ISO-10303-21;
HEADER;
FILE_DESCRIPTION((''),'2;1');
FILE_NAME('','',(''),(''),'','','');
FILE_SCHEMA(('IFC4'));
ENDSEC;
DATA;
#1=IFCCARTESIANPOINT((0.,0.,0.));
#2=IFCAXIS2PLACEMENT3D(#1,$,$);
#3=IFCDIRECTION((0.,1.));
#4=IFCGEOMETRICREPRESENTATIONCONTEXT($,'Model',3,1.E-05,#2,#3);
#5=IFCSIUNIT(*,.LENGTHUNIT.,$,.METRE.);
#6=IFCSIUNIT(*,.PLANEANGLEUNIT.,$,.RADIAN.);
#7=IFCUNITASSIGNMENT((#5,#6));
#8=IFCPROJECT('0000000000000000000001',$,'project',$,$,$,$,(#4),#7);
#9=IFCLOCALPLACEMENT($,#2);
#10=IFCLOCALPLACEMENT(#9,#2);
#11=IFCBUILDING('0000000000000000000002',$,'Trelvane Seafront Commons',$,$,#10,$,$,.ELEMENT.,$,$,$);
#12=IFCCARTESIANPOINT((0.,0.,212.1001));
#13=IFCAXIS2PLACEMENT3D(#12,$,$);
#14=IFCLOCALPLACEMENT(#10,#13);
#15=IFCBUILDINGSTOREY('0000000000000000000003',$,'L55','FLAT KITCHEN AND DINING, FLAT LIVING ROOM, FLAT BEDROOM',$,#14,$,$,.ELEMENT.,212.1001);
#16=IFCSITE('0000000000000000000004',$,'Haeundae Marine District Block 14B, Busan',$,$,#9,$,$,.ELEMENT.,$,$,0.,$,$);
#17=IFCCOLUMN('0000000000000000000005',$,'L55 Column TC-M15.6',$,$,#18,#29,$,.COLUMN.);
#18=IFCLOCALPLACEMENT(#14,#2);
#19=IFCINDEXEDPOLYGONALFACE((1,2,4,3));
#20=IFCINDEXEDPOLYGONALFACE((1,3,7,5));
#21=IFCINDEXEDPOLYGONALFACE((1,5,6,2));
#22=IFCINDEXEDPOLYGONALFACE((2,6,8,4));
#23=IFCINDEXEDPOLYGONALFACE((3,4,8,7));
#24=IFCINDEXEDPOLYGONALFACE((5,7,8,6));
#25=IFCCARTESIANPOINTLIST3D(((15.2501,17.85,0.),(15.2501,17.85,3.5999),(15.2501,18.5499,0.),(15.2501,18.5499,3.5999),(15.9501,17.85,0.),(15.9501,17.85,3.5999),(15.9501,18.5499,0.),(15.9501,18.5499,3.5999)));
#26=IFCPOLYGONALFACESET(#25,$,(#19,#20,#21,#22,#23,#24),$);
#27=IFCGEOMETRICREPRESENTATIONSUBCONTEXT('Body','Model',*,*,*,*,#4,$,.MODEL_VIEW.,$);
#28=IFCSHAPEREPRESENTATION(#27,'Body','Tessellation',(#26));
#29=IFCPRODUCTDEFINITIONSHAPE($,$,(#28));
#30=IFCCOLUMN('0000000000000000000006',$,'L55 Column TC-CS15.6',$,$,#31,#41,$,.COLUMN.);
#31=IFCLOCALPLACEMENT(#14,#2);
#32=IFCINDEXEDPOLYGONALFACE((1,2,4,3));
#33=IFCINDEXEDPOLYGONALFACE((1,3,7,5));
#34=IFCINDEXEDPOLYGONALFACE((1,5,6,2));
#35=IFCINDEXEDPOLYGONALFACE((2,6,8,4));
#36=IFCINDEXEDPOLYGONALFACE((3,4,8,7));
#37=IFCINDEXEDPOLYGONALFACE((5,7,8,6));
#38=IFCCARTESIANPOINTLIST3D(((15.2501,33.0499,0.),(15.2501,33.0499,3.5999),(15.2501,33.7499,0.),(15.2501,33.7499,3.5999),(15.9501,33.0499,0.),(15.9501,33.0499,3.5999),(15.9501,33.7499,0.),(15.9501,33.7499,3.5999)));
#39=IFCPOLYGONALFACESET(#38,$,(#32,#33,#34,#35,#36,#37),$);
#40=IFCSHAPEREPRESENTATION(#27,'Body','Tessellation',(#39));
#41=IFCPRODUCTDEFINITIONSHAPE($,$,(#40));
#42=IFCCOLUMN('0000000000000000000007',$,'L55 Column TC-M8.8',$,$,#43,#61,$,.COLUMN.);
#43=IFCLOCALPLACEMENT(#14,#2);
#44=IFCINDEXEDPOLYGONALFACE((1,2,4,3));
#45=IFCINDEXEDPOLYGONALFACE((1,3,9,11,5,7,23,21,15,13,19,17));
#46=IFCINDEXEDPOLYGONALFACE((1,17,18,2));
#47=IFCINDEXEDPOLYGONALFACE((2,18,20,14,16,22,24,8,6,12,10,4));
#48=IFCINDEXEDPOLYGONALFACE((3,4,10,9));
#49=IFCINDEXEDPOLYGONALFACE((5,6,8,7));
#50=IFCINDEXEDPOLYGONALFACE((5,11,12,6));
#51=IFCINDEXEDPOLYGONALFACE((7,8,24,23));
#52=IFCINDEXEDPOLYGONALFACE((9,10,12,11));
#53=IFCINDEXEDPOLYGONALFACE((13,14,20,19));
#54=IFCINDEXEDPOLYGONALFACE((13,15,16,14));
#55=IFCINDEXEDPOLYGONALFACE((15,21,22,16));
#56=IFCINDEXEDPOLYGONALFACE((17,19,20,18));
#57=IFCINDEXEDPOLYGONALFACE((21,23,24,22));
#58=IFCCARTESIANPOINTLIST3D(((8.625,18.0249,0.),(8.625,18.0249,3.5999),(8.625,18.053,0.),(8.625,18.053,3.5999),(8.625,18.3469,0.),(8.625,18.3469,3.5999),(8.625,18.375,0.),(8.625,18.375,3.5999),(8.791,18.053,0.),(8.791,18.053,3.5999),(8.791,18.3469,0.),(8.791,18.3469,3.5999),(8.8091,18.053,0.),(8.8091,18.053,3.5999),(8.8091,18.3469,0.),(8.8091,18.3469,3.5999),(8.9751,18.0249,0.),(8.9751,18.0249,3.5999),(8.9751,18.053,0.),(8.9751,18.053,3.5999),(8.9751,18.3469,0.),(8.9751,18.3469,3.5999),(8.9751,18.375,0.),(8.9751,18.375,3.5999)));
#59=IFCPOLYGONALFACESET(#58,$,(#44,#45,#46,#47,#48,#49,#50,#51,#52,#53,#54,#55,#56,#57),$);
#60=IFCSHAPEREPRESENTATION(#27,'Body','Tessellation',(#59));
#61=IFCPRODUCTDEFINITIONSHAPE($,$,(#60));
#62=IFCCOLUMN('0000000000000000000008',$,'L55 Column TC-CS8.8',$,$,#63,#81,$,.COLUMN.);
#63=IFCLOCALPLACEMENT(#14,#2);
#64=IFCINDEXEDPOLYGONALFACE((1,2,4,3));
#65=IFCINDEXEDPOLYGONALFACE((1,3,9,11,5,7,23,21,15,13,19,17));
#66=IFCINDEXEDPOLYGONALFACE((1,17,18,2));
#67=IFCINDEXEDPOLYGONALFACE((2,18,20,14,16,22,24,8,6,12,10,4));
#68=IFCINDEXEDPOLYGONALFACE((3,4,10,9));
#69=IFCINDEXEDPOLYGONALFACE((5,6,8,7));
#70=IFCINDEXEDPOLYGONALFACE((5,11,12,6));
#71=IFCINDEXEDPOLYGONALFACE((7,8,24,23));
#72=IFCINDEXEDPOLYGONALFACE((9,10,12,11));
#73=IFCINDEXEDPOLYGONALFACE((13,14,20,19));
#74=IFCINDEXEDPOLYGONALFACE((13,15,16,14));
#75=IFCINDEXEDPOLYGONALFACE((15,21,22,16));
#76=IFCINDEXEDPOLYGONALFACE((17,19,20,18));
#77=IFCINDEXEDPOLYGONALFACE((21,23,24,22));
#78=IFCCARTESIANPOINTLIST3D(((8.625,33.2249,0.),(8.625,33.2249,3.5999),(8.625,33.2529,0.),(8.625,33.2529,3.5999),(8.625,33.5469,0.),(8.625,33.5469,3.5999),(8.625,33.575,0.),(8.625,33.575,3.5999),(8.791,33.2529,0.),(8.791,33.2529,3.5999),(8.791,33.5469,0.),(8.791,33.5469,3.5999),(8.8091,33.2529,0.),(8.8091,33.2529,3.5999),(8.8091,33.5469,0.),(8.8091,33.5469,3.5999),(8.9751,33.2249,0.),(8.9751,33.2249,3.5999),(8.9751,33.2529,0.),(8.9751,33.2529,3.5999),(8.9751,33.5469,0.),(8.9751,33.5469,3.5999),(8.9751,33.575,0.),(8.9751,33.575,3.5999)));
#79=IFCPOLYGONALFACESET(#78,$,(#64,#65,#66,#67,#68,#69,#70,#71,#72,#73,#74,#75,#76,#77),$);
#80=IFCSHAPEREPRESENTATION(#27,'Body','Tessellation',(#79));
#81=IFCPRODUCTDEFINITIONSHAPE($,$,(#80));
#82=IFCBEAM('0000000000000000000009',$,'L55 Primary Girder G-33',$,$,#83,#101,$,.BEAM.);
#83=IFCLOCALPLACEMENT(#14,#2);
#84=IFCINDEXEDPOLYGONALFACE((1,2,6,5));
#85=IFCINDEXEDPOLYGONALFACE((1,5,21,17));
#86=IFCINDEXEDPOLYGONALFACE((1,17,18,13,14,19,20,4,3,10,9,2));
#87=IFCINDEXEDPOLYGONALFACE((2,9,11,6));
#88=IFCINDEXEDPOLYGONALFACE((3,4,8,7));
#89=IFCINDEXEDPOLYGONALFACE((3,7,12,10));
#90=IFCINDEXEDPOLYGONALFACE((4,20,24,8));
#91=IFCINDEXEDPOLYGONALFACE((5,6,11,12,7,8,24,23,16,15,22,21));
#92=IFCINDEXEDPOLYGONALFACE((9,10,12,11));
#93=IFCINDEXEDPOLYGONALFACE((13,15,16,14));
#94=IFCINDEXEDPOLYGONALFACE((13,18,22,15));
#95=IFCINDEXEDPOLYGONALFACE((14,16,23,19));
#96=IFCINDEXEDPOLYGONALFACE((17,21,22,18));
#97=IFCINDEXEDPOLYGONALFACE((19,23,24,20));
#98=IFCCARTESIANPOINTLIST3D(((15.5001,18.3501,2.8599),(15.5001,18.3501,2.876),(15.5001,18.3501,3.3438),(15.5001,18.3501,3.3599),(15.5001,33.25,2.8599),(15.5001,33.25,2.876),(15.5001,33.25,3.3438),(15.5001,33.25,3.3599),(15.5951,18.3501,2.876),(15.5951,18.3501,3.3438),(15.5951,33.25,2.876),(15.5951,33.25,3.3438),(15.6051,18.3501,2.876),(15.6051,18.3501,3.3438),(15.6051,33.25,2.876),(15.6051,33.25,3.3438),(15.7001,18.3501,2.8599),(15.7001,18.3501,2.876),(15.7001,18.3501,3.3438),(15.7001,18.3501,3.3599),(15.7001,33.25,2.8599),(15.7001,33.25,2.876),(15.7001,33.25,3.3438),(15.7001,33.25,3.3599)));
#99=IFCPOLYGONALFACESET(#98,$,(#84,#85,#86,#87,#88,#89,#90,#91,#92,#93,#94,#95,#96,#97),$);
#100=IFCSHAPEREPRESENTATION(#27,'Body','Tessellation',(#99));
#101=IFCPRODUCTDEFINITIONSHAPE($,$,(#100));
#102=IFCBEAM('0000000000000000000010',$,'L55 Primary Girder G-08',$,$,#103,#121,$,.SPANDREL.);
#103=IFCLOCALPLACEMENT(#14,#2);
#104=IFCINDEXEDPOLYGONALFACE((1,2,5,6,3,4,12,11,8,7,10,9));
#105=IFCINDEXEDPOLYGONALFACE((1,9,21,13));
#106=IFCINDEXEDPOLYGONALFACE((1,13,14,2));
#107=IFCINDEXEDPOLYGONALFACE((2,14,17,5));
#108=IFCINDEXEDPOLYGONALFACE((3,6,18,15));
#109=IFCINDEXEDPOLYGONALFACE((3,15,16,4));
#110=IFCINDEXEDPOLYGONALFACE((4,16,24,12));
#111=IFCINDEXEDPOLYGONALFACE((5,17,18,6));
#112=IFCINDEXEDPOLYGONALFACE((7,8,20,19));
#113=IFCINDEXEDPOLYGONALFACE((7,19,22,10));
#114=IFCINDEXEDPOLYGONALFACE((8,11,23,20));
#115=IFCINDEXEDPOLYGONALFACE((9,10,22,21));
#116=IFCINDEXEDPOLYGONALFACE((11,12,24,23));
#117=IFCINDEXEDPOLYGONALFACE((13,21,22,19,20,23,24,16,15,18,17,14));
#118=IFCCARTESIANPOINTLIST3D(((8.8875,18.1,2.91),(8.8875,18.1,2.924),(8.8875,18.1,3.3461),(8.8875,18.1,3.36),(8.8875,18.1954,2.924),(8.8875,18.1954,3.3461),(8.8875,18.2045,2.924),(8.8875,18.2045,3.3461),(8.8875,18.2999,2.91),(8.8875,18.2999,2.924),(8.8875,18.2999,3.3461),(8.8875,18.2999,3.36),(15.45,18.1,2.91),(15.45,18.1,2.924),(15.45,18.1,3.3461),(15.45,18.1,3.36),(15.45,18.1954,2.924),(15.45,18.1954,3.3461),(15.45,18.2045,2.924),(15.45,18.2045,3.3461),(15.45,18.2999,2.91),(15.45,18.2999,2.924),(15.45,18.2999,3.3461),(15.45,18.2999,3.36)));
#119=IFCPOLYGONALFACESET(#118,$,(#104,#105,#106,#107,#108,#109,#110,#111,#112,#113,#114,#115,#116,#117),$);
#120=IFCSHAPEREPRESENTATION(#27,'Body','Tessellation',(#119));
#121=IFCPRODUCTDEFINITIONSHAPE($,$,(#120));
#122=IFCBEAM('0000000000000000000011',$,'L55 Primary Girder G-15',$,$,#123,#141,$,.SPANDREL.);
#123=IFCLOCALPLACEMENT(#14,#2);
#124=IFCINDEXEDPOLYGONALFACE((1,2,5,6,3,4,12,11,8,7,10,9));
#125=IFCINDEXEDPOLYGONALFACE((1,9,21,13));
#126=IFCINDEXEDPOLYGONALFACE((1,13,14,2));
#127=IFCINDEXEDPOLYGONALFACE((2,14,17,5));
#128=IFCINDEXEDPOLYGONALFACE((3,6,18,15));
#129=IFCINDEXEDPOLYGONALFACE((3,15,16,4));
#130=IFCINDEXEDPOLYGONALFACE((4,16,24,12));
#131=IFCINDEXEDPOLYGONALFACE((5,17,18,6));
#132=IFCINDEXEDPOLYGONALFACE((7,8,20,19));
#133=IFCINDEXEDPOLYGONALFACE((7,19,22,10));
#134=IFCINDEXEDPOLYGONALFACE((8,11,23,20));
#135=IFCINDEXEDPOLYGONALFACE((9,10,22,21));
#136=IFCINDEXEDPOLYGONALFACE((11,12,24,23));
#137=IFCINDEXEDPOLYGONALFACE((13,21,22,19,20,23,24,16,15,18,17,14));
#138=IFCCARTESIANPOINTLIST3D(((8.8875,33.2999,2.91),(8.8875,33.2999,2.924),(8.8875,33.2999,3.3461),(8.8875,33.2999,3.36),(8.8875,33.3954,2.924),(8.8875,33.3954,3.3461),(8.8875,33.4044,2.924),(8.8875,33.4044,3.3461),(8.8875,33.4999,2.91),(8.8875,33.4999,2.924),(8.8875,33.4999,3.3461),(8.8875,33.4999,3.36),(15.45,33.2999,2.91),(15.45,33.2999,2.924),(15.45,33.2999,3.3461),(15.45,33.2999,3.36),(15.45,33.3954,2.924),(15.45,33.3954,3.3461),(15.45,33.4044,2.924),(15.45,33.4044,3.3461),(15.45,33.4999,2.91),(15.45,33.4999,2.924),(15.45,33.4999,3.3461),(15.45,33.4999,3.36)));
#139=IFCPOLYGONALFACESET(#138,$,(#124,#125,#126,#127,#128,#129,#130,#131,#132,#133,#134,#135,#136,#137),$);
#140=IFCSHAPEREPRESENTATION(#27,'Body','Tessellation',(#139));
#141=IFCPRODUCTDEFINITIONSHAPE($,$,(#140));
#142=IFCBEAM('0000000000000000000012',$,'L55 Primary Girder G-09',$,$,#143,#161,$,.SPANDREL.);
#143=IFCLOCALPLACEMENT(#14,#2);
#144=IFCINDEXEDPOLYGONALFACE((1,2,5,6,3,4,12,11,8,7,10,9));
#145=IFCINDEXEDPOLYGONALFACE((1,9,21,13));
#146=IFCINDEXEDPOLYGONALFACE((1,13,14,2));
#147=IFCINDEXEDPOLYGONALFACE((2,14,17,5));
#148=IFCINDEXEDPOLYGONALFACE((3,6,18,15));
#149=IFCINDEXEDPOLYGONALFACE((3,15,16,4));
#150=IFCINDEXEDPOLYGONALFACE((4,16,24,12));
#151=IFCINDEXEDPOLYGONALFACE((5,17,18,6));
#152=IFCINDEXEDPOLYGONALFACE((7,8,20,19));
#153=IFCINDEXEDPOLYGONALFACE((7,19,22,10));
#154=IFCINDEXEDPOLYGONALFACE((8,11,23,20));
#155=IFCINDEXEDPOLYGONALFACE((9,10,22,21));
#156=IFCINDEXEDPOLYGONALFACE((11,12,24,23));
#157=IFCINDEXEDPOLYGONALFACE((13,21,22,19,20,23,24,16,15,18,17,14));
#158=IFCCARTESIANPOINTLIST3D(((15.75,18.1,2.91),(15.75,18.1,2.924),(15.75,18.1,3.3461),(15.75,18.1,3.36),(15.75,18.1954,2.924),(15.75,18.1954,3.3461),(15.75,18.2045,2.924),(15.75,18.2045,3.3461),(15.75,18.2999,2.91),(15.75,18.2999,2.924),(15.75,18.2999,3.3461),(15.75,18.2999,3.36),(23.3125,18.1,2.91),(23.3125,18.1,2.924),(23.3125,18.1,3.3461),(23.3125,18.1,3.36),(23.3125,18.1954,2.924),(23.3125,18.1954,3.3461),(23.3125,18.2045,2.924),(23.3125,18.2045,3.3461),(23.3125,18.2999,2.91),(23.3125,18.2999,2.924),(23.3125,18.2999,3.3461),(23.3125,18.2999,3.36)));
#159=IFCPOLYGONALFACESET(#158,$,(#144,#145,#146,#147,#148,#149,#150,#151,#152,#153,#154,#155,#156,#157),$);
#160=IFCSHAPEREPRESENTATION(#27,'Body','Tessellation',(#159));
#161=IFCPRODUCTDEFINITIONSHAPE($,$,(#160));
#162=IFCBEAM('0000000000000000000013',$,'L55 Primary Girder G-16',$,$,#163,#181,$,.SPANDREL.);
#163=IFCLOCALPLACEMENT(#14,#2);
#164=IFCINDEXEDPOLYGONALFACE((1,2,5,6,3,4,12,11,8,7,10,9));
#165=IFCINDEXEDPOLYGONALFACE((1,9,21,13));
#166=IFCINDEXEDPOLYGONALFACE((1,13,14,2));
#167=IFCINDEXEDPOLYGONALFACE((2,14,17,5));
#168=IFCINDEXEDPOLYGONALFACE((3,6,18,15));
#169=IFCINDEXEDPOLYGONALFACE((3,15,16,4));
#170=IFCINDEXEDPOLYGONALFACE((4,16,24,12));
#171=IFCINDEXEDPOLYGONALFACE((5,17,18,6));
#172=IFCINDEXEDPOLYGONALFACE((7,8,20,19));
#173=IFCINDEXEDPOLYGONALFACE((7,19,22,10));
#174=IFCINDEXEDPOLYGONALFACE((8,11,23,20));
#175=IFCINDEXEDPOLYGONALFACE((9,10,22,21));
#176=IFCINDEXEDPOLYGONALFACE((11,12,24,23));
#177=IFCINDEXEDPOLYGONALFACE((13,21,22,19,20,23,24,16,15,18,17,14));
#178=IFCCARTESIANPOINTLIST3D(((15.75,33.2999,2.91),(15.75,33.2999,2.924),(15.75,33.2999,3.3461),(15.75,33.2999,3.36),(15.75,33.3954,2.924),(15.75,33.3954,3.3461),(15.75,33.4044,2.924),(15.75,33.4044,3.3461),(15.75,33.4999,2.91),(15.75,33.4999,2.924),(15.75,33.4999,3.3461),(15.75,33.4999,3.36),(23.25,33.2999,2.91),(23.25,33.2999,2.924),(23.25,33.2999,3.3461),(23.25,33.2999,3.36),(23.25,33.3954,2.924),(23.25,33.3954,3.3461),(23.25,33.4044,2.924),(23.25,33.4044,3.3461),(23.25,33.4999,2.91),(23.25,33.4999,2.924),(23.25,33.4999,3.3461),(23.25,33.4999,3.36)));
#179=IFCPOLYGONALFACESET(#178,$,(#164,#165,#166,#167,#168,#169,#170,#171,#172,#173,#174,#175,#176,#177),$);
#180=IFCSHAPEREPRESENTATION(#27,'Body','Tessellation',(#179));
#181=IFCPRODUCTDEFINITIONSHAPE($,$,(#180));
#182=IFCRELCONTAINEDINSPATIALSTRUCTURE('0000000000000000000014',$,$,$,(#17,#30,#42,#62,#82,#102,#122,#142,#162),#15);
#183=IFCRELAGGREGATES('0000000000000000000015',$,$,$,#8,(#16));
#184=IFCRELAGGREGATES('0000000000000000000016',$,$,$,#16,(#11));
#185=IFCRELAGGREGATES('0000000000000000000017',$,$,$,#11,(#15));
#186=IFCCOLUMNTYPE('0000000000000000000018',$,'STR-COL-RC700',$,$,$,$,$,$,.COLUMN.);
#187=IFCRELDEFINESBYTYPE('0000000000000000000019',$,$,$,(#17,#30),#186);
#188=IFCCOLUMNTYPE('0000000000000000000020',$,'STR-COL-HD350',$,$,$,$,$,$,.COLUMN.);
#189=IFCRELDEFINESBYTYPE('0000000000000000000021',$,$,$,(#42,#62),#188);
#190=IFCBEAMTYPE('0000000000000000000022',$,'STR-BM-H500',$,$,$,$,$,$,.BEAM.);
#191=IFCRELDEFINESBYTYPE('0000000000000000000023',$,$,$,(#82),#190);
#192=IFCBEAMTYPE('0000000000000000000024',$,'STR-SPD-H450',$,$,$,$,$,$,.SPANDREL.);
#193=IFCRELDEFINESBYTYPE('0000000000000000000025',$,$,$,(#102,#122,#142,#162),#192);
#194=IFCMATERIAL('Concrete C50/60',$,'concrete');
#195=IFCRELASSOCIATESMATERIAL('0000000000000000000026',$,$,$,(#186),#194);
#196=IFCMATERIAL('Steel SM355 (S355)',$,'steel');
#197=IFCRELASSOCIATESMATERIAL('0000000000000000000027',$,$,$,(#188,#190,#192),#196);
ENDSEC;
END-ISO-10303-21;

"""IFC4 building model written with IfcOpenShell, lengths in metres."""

from ifc_helpers import new_model, si_unit, direction, frame, origin, origin_2d, place, context, subcontext, project, spatial, rectangle, i_section, extrude, source, transform, mapped, material, material_profile, profile_set, type_object, element, save


model = new_model("IFC4")

# Units and contexts
model_context = context("Model", 3, precision=1e-05, world=origin(), true_north=direction((0.0, 1.0)))
body_context = subcontext(model_context, "Body", "Model", "MODEL_VIEW")
ifc_project = project(units=[si_unit("LENGTHUNIT", "METRE"), si_unit("PLANEANGLEUNIT", "RADIAN")], contexts=[model_context])

# Site, building, storey
site_placement = place(None, origin())
site = spatial("IfcSite", under=ifc_project, at=site_placement, Name="Haeundae Marine District Block 14B, Busan", CompositionType="ELEMENT", RefElevation=0.0)
building_placement = place(site_placement, origin())
building = spatial("IfcBuilding", under=site, at=building_placement, Name="Trelvane Seafront Commons", CompositionType="ELEMENT")
storey_placement = place(building_placement, frame((0.0, 0.0, 212.1001)))
storey = spatial("IfcBuildingStorey", under=building, at=storey_placement, Name="L55", Description="FLAT KITCHEN AND DINING, FLAT LIVING ROOM, FLAT BEDROOM", CompositionType="ELEMENT", Elevation=212.1001)

# Columns
ifc_material_1 = material(Name="Concrete C50/60", Category="concrete")
ifc_material_profile_1 = material_profile(ifc_material_1, rectangle(XDim=0.7, YDim=0.7, at=origin_2d()), Name="RC-700x700")
ifc_profile_set_1 = profile_set([ifc_material_profile_1], Name="Concrete C50/60")
column_type_1 = type_object("IfcColumnType", Name="STR-COL-RC700", PredefinedType="COLUMN", material=ifc_profile_set_1)
shared_shape_1 = source(origin(), body_context, "Body", "SweptSolid", [
    extrude(rectangle(XDim=0.7, YDim=0.7, at=origin_2d()), origin(), (0.0, 0.0, 1.0), 3.5999),
])
for number, where, z_axis, x_axis, name in (
    (1, (15.6001, 18.2, 0.0), (0.0, 0.0, 1.0), (1.0, 0.0, 0.0), "L55 Column TC-M15.6"),
    (2, (15.6001, 33.3999, 0.0), (0.0, 0.0, 1.0), (1.0, 0.0, 0.0), "L55 Column TC-CS15.6"),
):
    element("IfcColumn", number, at=place(storey_placement, frame(where, z_axis=z_axis, x_axis=x_axis)), inside=storey, type_object=column_type_1, Name=name, PredefinedType="COLUMN", context=body_context, shape_type="MappedRepresentation", body=[
        mapped(shared_shape_1, transform((0.0, 0.0, 0.0), x_axis=(1.0, 0.0, 0.0), y_axis=(0.0, 1.0, 0.0), z_axis=(0.0, 0.0, 1.0), scale=1.0)),
    ])
ifc_material_2 = material(Name="Steel SM355 (S355)", Category="steel")
ifc_material_profile_2 = material_profile(ifc_material_2, i_section(OverallWidth=0.3501, OverallDepth=0.3501, WebThickness=0.0181, FlangeThickness=0.0281, at=origin_2d()), Name="HD-350x350x18x28")
ifc_profile_set_2 = profile_set([ifc_material_profile_2], Name="Steel SM355 (S355)")
column_type_2 = type_object("IfcColumnType", Name="STR-COL-HD350", PredefinedType="COLUMN", material=ifc_profile_set_2)
shared_shape_2 = source(origin(), body_context, "Body", "SweptSolid", [
    extrude(i_section(OverallWidth=0.3501, OverallDepth=0.3501, WebThickness=0.0181, FlangeThickness=0.0281, at=origin_2d()), origin(), (0.0, 0.0, 1.0), 3.5999),
])
for number, where, z_axis, x_axis, name in (
    (3, (8.8, 18.2, 0.0), (0.0, 0.0, 1.0), (1.0, 0.0, 0.0), "L55 Column TC-M8.8"),
    (4, (8.8, 33.3999, 0.0), (0.0, 0.0, 1.0), (1.0, 0.0, 0.0), "L55 Column TC-CS8.8"),
):
    element("IfcColumn", number, at=place(storey_placement, frame(where, z_axis=z_axis, x_axis=x_axis)), inside=storey, type_object=column_type_2, Name=name, PredefinedType="COLUMN", context=body_context, shape_type="MappedRepresentation", body=[
        mapped(shared_shape_2, transform((0.0, 0.0, 0.0), x_axis=(1.0, 0.0, 0.0), y_axis=(0.0, 1.0, 0.0), z_axis=(0.0, 0.0, 1.0), scale=1.0)),
    ])

# Beams
ifc_material_profile_3 = material_profile(ifc_material_2, i_section(OverallWidth=0.2, OverallDepth=0.5, WebThickness=0.01, FlangeThickness=0.0161, at=origin_2d()), Name="H-500x200x10x16")
ifc_profile_set_3 = profile_set([ifc_material_profile_3], Name="Steel SM355 (S355)")
beam_type_1 = type_object("IfcBeamType", Name="STR-BM-H500", PredefinedType="BEAM", material=ifc_profile_set_3)
shared_shape_3 = source(origin(), body_context, "Body", "SweptSolid", [
    extrude(i_section(OverallWidth=0.2, OverallDepth=0.5, WebThickness=0.01, FlangeThickness=0.0161, at=origin_2d()), origin(), (0.0, 0.0, 1.0), 14.8999),
])
beam_1_placement = place(storey_placement, frame((15.6001, 18.3501, 3.1099), z_axis=(0.0, 1.0, 0.0), x_axis=(-1.0, 0.0, 0.0)))
element("IfcBeam", 5, at=beam_1_placement, inside=storey, type_object=beam_type_1, Name="L55 Primary Girder G-33", PredefinedType="BEAM", context=body_context, shape_type="MappedRepresentation", body=[
    mapped(shared_shape_3, transform((0.0, 0.0, 0.0), x_axis=(1.0, 0.0, 0.0), y_axis=(0.0, 1.0, 0.0), z_axis=(0.0, 0.0, 1.0), scale=1.0)),
])
ifc_material_profile_4 = material_profile(ifc_material_2, i_section(OverallWidth=0.2, OverallDepth=0.45, WebThickness=0.009, FlangeThickness=0.0139, at=origin_2d()), Name="H-450x200x9x14")
ifc_profile_set_4 = profile_set([ifc_material_profile_4], Name="Steel SM355 (S355)")
beam_type_2 = type_object("IfcBeamType", Name="STR-SPD-H450", PredefinedType="SPANDREL", material=ifc_profile_set_4)
shared_shape_4 = source(origin(), body_context, "Body", "SweptSolid", [
    extrude(i_section(OverallWidth=0.2, OverallDepth=0.45, WebThickness=0.009, FlangeThickness=0.0139, at=origin_2d()), origin(), (0.0, 0.0, 1.0), 6.5625),
])
for number, where, z_axis, x_axis, name in (
    (6, (8.8875, 18.2, 3.135), (1.0, 0.0, 0.0), (0.0, 1.0, 0.0), "L55 Primary Girder G-08"),
    (7, (8.8875, 33.3999, 3.135), (1.0, 0.0, 0.0), (0.0, 1.0, 0.0), "L55 Primary Girder G-15"),
):
    element("IfcBeam", number, at=place(storey_placement, frame(where, z_axis=z_axis, x_axis=x_axis)), inside=storey, type_object=beam_type_2, Name=name, PredefinedType="SPANDREL", context=body_context, shape_type="MappedRepresentation", body=[
        mapped(shared_shape_4, transform((0.0, 0.0, 0.0), x_axis=(1.0, 0.0, 0.0), y_axis=(0.0, 1.0, 0.0), z_axis=(0.0, 0.0, 1.0), scale=1.0)),
    ])
shared_shape_5 = source(origin(), body_context, "Body", "SweptSolid", [
    extrude(i_section(OverallWidth=0.2, OverallDepth=0.45, WebThickness=0.009, FlangeThickness=0.0139, at=origin_2d()), origin(), (0.0, 0.0, 1.0), 7.5625),
])
beam_2_placement = place(storey_placement, frame((15.75, 18.2, 3.135), z_axis=(1.0, 0.0, 0.0), x_axis=(0.0, 1.0, 0.0)))
element("IfcBeam", 8, at=beam_2_placement, inside=storey, type_object=beam_type_2, Name="L55 Primary Girder G-09", PredefinedType="SPANDREL", context=body_context, shape_type="MappedRepresentation", body=[
    mapped(shared_shape_5, transform((0.0, 0.0, 0.0), x_axis=(1.0, 0.0, 0.0), y_axis=(0.0, 1.0, 0.0), z_axis=(0.0, 0.0, 1.0), scale=1.0)),
])
shared_shape_6 = source(origin(), body_context, "Body", "SweptSolid", [
    extrude(i_section(OverallWidth=0.2, OverallDepth=0.45, WebThickness=0.009, FlangeThickness=0.0139, at=origin_2d()), origin(), (0.0, 0.0, 1.0), 7.5),
])
beam_3_placement = place(storey_placement, frame((15.75, 33.3999, 3.135), z_axis=(1.0, 0.0, 0.0), x_axis=(0.0, 1.0, 0.0)))
element("IfcBeam", 9, at=beam_3_placement, inside=storey, type_object=beam_type_2, Name="L55 Primary Girder G-16", PredefinedType="SPANDREL", context=body_context, shape_type="MappedRepresentation", body=[
    mapped(shared_shape_6, transform((0.0, 0.0, 0.0), x_axis=(1.0, 0.0, 0.0), y_axis=(0.0, 1.0, 0.0), z_axis=(0.0, 0.0, 1.0), scale=1.0)),
])

save(model, "model.ifc")
